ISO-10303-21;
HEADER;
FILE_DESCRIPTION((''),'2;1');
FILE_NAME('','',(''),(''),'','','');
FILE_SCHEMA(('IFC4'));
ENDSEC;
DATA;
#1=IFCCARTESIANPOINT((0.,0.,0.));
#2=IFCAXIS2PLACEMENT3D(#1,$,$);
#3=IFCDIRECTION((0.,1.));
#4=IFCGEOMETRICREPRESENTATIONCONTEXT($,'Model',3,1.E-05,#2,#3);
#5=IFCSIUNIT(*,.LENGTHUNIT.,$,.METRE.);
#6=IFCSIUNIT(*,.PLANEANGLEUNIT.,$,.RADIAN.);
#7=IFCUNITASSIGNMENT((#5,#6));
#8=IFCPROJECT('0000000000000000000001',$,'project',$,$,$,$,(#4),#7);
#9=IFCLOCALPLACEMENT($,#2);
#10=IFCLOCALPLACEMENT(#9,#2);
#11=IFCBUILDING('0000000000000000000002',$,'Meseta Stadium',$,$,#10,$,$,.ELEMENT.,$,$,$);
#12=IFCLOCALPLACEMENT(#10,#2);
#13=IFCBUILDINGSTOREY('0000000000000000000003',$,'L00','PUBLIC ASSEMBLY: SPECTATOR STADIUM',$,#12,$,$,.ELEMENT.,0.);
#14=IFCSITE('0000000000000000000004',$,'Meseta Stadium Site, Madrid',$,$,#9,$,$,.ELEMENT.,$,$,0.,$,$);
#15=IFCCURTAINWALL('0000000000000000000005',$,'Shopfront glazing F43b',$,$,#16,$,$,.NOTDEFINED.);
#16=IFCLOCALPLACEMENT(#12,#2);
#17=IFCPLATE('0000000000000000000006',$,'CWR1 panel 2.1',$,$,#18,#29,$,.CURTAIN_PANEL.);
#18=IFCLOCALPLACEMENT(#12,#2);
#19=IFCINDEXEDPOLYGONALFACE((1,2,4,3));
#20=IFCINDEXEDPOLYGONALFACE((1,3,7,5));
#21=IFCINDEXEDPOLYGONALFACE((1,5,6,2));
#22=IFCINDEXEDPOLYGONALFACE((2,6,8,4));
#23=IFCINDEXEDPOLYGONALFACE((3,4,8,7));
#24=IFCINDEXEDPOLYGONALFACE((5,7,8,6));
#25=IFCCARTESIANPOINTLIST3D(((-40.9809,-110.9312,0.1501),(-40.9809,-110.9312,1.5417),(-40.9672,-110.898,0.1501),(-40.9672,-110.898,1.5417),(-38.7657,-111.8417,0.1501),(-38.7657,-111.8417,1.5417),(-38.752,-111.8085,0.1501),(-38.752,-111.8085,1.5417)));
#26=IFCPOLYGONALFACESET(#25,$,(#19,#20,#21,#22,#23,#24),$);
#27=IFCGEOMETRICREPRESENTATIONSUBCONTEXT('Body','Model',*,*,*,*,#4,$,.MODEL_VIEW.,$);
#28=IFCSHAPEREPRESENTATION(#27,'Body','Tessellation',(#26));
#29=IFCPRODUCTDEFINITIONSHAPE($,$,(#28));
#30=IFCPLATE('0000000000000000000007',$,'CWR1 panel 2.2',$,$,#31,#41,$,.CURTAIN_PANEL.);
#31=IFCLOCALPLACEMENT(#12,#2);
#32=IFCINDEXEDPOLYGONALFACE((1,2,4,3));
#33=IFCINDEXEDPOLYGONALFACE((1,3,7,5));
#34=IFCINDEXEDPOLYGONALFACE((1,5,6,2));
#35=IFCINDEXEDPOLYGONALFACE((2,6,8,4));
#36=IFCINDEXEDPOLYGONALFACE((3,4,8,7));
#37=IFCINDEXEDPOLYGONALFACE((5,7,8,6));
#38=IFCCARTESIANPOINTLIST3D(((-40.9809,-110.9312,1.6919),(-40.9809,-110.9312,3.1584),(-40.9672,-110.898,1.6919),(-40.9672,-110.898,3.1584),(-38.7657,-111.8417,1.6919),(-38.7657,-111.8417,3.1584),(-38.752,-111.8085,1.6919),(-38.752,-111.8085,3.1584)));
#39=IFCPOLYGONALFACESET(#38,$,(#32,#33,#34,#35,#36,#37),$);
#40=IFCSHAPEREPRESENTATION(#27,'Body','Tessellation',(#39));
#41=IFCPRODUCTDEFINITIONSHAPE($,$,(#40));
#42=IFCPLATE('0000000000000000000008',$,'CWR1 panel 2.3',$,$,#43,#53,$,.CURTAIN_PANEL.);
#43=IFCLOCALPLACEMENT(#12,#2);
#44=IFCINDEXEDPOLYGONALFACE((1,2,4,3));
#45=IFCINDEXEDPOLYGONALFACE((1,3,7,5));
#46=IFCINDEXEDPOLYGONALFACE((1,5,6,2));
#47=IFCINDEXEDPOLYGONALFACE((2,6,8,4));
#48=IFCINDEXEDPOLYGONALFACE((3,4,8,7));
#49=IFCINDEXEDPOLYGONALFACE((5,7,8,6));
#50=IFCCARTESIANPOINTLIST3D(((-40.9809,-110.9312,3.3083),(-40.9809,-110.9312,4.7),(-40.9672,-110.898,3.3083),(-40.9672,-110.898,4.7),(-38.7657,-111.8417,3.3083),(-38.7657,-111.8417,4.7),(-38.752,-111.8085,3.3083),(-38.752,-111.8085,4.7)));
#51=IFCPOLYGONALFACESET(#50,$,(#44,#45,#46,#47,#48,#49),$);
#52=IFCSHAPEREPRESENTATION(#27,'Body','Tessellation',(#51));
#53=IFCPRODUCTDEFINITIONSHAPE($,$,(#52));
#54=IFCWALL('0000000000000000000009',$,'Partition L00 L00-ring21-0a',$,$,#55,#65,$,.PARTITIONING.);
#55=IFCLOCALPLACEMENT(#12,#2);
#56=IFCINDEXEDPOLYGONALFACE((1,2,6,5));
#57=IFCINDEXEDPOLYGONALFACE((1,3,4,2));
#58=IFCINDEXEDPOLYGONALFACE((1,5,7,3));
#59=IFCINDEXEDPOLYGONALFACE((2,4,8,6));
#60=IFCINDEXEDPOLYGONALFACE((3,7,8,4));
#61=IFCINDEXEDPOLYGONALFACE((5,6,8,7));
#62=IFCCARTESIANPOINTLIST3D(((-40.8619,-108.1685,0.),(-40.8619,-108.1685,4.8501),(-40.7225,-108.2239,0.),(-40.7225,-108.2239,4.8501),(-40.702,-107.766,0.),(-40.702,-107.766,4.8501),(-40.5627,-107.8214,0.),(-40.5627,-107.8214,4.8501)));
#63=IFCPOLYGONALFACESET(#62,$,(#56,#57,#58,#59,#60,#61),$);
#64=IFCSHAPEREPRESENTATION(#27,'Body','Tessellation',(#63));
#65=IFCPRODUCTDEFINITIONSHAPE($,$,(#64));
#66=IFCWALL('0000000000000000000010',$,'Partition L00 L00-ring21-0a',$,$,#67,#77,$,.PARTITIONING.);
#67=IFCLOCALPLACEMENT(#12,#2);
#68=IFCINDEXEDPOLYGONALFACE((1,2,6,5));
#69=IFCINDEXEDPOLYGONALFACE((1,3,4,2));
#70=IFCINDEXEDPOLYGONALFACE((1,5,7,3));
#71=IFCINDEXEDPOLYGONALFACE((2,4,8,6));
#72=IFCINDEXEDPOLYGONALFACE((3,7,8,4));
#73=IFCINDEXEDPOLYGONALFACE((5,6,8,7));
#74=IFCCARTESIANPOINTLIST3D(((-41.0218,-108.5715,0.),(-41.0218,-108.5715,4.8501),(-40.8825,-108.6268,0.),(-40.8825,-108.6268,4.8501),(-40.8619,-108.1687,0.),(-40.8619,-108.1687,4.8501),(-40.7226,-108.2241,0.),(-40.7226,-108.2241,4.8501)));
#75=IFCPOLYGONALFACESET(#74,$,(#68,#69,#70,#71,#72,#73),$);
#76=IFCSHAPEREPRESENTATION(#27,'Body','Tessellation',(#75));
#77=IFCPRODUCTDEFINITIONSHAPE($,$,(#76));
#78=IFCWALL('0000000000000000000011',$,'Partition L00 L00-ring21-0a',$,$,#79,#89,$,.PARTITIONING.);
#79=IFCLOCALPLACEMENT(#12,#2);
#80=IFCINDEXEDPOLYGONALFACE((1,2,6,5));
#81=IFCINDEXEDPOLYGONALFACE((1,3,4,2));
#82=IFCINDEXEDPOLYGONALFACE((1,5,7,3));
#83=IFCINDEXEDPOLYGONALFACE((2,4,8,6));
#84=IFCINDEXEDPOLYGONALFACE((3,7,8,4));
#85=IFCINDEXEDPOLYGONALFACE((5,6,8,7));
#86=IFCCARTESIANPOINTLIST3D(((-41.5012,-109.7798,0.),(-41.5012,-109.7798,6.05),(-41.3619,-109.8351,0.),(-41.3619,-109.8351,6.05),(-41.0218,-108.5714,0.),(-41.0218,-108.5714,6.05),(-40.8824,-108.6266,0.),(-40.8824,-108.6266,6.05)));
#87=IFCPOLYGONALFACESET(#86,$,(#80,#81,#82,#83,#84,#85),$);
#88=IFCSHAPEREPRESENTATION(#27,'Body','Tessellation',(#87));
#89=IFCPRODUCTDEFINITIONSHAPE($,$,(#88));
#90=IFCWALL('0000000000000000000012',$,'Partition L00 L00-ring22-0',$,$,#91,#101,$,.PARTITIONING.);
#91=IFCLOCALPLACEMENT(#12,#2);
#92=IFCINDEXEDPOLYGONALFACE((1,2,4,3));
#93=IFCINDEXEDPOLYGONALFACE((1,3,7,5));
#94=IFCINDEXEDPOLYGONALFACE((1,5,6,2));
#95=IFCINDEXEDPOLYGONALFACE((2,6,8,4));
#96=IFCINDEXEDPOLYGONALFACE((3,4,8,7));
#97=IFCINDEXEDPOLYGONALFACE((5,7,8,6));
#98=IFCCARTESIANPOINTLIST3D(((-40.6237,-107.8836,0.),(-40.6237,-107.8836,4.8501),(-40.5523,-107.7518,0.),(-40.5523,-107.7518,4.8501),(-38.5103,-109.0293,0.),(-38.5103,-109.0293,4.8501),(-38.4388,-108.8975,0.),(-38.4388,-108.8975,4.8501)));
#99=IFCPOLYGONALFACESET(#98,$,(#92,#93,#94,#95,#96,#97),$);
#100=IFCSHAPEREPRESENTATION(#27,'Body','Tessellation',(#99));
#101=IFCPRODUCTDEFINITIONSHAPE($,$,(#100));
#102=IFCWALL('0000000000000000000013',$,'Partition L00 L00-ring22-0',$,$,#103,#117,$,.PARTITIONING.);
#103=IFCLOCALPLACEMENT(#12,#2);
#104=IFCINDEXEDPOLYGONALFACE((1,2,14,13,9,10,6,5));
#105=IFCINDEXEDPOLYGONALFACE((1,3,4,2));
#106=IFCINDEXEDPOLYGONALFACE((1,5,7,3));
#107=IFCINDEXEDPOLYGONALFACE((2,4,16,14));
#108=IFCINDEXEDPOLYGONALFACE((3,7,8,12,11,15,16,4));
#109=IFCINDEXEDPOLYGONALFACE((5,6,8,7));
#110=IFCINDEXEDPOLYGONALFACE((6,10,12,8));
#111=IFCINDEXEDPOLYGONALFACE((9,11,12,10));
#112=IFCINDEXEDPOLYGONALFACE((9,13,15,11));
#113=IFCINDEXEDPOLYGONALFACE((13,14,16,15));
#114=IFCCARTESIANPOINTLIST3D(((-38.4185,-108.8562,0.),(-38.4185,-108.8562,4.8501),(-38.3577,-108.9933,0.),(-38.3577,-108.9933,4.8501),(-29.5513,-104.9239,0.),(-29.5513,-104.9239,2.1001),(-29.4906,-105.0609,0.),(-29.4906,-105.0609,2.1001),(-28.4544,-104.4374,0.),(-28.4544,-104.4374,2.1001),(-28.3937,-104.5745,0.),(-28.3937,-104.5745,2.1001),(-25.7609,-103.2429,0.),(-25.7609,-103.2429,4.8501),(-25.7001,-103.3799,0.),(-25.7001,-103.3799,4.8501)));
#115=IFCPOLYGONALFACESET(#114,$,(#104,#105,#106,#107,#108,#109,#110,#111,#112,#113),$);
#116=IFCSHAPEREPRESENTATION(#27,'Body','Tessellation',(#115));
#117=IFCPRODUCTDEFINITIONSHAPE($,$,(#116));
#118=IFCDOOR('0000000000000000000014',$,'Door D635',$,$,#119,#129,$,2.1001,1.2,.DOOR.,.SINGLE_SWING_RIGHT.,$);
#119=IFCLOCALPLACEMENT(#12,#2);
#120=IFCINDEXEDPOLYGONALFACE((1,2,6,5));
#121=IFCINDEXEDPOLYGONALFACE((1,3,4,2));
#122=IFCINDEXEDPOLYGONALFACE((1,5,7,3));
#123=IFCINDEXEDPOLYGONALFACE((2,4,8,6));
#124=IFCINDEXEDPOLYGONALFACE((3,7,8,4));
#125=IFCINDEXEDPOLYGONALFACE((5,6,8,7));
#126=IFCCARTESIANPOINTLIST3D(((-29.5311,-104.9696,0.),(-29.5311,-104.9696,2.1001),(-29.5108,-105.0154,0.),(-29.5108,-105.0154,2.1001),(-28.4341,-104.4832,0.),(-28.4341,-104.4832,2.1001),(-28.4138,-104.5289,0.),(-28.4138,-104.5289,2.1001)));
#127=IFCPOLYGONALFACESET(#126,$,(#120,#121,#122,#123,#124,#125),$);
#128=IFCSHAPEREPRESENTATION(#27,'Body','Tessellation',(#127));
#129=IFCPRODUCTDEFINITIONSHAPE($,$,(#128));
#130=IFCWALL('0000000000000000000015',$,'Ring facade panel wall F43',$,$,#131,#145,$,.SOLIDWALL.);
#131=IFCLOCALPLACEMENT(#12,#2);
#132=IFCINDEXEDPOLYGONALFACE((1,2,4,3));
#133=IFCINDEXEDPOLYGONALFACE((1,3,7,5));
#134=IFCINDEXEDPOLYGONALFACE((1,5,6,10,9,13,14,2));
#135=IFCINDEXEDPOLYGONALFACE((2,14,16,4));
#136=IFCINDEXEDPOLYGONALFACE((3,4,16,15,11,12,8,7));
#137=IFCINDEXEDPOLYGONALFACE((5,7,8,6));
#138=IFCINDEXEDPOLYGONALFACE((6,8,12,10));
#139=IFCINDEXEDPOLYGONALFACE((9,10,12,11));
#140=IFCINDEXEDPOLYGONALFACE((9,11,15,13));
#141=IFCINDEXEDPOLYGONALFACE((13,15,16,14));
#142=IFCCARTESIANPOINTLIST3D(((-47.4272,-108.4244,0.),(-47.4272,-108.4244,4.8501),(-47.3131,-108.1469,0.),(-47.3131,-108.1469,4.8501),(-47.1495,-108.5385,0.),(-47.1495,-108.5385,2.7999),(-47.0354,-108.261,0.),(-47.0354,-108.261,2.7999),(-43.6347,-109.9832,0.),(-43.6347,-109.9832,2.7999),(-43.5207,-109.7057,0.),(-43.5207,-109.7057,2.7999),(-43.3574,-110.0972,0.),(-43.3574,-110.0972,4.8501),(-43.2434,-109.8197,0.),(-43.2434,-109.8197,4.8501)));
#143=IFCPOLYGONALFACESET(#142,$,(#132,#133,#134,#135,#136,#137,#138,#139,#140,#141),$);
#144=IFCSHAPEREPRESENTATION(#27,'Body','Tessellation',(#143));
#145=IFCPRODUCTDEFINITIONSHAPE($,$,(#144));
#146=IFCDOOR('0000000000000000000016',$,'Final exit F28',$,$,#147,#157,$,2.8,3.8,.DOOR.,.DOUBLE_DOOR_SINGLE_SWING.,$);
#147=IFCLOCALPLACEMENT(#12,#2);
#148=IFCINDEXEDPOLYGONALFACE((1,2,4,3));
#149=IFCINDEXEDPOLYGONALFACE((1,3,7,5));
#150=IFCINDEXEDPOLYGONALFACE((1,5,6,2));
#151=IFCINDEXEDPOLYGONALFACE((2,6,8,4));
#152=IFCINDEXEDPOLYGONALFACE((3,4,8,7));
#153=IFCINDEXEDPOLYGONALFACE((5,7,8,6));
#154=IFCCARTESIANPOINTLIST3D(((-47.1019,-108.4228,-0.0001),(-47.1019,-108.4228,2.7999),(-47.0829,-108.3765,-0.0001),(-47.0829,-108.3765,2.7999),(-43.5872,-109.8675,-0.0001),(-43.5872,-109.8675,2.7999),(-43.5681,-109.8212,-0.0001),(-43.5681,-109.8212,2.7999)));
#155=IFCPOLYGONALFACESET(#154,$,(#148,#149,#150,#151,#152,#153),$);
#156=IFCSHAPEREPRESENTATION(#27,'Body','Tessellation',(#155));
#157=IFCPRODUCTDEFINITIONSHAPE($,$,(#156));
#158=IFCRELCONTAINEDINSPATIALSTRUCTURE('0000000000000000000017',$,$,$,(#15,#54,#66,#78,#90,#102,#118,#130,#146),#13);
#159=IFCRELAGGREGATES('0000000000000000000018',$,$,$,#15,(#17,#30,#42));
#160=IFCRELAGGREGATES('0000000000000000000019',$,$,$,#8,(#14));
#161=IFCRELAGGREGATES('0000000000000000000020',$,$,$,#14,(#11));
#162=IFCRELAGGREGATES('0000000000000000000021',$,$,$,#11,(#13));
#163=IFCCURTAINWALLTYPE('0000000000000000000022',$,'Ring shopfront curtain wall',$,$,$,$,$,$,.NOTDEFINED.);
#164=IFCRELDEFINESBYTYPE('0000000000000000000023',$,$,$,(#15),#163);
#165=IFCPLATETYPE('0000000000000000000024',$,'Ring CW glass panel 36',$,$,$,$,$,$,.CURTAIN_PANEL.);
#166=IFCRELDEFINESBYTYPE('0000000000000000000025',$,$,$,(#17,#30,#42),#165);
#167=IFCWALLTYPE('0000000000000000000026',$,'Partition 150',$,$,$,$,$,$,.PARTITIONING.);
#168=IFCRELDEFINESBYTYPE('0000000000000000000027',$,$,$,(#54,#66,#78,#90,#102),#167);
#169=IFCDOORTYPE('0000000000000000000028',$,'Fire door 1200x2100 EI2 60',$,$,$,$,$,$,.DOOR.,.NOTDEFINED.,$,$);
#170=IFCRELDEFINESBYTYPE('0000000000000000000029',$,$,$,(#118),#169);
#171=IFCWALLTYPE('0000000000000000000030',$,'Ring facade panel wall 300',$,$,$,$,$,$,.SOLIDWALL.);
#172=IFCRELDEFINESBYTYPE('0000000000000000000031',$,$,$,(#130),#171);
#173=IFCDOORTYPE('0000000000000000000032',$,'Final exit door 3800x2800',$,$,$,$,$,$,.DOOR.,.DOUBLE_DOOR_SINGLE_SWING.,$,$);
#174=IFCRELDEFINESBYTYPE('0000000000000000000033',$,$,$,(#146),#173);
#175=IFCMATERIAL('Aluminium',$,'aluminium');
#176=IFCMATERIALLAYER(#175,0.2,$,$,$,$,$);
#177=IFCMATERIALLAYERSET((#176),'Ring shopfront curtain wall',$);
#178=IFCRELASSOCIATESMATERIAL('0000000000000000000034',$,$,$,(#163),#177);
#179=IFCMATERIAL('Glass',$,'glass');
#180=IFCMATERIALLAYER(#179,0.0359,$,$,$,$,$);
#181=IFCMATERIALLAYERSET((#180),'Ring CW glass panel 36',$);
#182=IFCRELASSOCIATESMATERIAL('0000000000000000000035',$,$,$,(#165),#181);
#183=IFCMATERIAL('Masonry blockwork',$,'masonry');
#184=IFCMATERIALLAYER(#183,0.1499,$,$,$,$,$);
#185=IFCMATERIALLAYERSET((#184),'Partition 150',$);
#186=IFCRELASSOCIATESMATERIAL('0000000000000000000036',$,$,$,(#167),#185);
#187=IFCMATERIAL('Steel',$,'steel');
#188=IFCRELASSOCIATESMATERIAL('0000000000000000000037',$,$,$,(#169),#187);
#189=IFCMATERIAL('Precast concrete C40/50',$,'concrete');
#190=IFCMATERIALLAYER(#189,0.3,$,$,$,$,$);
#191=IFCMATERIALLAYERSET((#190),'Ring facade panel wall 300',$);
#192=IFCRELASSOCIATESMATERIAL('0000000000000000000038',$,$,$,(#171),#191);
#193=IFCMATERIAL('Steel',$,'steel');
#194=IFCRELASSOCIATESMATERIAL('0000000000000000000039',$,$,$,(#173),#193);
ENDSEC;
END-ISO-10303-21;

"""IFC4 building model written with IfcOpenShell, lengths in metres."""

from ifc_helpers import new_model, si_unit, direction, frame, frame_2d, origin, origin_2d, place, context, subcontext, project, spatial, rectangle, extrude, material, layer, layer_set, type_object, element, fill, aggregate, save


model = new_model("IFC4")

# Units and contexts
model_context = context("Model", 3, precision=1e-05, world=origin(), true_north=direction((0.0, 1.0)))
body_context = subcontext(model_context, "Body", "Model", "MODEL_VIEW")
ifc_project = project(units=[si_unit("LENGTHUNIT", "METRE"), si_unit("PLANEANGLEUNIT", "RADIAN")], contexts=[model_context])

# Site, building, storey
site_placement = place(None, origin())
site = spatial("IfcSite", under=ifc_project, at=site_placement, Name="Meseta Stadium Site, Madrid", CompositionType="ELEMENT", RefElevation=0.0)
building_placement = place(site_placement, origin())
building = spatial("IfcBuilding", under=site, at=building_placement, Name="Meseta Stadium", CompositionType="ELEMENT")
storey_placement = place(building_placement, origin())
storey = spatial("IfcBuildingStorey", under=building, at=storey_placement, Name="L00", Description="PUBLIC ASSEMBLY: SPECTATOR STADIUM", CompositionType="ELEMENT", Elevation=0.0)

# Curtain wall
ifc_material_1 = material(Name="Aluminium", Category="aluminium")
ifc_layer_1 = layer(ifc_material_1, 0.2)
ifc_layer_set_1 = layer_set([ifc_layer_1], Name="Ring shopfront curtain wall")
curtain_wall_type = type_object("IfcCurtainWallType", Name="Ring shopfront curtain wall", PredefinedType="NOTDEFINED", material=ifc_layer_set_1)
curtain_wall_1_placement = place(storey_placement, origin())
curtain_wall_1 = element("IfcCurtainWall", 1, at=curtain_wall_1_placement, inside=storey, type_object=curtain_wall_type, Name="Shopfront glazing F43b", PredefinedType="NOTDEFINED")

# Plates
ifc_material_2 = material(Name="Glass", Category="glass")
ifc_layer_2 = layer(ifc_material_2, 0.0359)
ifc_layer_set_2 = layer_set([ifc_layer_2], Name="Ring CW glass panel 36")
plate_type = type_object("IfcPlateType", Name="Ring CW glass panel 36", PredefinedType="CURTAIN_PANEL", material=ifc_layer_set_2)
plate_1_placement = place(storey_placement, frame((-39.8665, -111.3699, 0.1501), z_axis=(0.0, 0.0, 1.0), x_axis=(0.92492, -0.380161, 0.0)))
plate_1 = element("IfcPlate", 2, at=plate_1_placement, type_object=plate_type, Name="CWR1 panel 2.1", PredefinedType="CURTAIN_PANEL", context=body_context, shape_type="SweptSolid", body=[
    extrude(rectangle(XDim=2.395, YDim=0.0359, at=origin_2d()), origin(), (0.0, 0.0, 1.0), 1.3916),
])
plate_2_placement = place(storey_placement, frame((-39.8665, -111.3699, 1.6919), z_axis=(0.0, 0.0, 1.0), x_axis=(0.92492, -0.380161, 0.0)))
plate_2 = element("IfcPlate", 3, at=plate_2_placement, type_object=plate_type, Name="CWR1 panel 2.2", PredefinedType="CURTAIN_PANEL", context=body_context, shape_type="SweptSolid", body=[
    extrude(rectangle(XDim=2.395, YDim=0.0359, at=origin_2d()), origin(), (0.0, 0.0, 1.0), 1.4666),
])
plate_3_placement = place(storey_placement, frame((-39.8665, -111.3699, 3.3083), z_axis=(0.0, 0.0, 1.0), x_axis=(0.92492, -0.380161, 0.0)))
plate_3 = element("IfcPlate", 4, at=plate_3_placement, type_object=plate_type, Name="CWR1 panel 2.3", PredefinedType="CURTAIN_PANEL", context=body_context, shape_type="SweptSolid", body=[
    extrude(rectangle(XDim=2.395, YDim=0.0359, at=origin_2d()), origin(), (0.0, 0.0, 1.0), 1.3916),
])
aggregate(curtain_wall_1, [plate_1, plate_2, plate_3])

# Walls
ifc_material_3 = material(Name="Masonry blockwork", Category="masonry")
ifc_layer_3 = layer(ifc_material_3, 0.1499)
ifc_layer_set_3 = layer_set([ifc_layer_3], Name="Partition 150")
wall_type_1 = type_object("IfcWallType", Name="Partition 150", PredefinedType="PARTITIONING", material=ifc_layer_set_3)
wall_1_placement = place(storey_placement, frame((-40.6323, -107.7937, 0.0), z_axis=(0.0, 0.0, 1.0), x_axis=(-0.369155, -0.929368, 0.0)))
element("IfcWall", 5, at=wall_1_placement, inside=storey, type_object=wall_type_1, Name="Partition L00 L00-ring21-0a", PredefinedType="PARTITIONING", context=body_context, shape_type="SweptSolid", body=[
    extrude(rectangle(XDim=0.4331, YDim=0.1499, at=frame_2d((0.2166, 0.0))), origin(), (0.0, 0.0, 1.0), 4.8501),
])
wall_2_placement = place(storey_placement, frame((-40.7922, -108.1963, 0.0), z_axis=(0.0, 0.0, 1.0), x_axis=(-0.368961, -0.929445, 0.0)))
element("IfcWall", 6, at=wall_2_placement, inside=storey, type_object=wall_type_1, Name="Partition L00 L00-ring21-0a", PredefinedType="PARTITIONING", context=body_context, shape_type="SweptSolid", body=[
    extrude(rectangle(XDim=0.4333, YDim=0.1499, at=frame_2d((0.2168, 0.0))), origin(), (0.0, 0.0, 1.0), 4.8501),
])
wall_3_placement = place(storey_placement, frame((-40.9521, -108.5991, 0.0), z_axis=(0.0, 0.0, 1.0), x_axis=(-0.368799, -0.929509, 0.0)))
element("IfcWall", 7, at=wall_3_placement, inside=storey, type_object=wall_type_1, Name="Partition L00 L00-ring21-0a", PredefinedType="PARTITIONING", context=body_context, shape_type="SweptSolid", body=[
    extrude(rectangle(XDim=1.3, YDim=0.1499, at=frame_2d((0.6499, 0.0))), origin(), (0.0, 0.0, 1.0), 6.05),
])
wall_4_placement = place(storey_placement, frame((-40.5881, -107.8176, 0.0), z_axis=(0.0, 0.0, 1.0), x_axis=(0.879131, -0.476581, 0.0)))
element("IfcWall", 8, at=wall_4_placement, inside=storey, type_object=wall_type_1, Name="Partition L00 L00-ring22-0", PredefinedType="PARTITIONING", context=body_context, shape_type="SweptSolid", body=[
    extrude(rectangle(XDim=2.4041, YDim=0.1499, at=frame_2d((1.2021, 0.0))), origin(), (0.0, 0.0, 1.0), 4.8501),
])

# Walls, openings, doors
wall_5_placement = place(storey_placement, frame((-38.3882, -108.9248, 0.0), z_axis=(0.0, 0.0, 1.0), x_axis=(0.91414, 0.405399, 0.0)))
wall_5 = element("IfcWall", 9, at=wall_5_placement, inside=storey, type_object=wall_type_1, Name="Partition L00 L00-ring22-0", PredefinedType="PARTITIONING", context=body_context, shape_type="SweptSolid", body=[
    extrude(rectangle(XDim=13.8464, YDim=0.1499, at=frame_2d((6.9233, 0.0))), origin(), (0.0, 0.0, 1.0), 4.8501),
])
opening_1_placement = place(wall_5_placement, frame((9.7, 0.0, 0.0)))
opening_1 = element("IfcOpeningElement", 10, at=opening_1_placement, cuts=wall_5, PredefinedType="OPENING", context=body_context, shape_type="SweptSolid", body=[
    extrude(rectangle(XDim=1.2, YDim=2.1001, at=frame_2d((0.6001, 1.05))), frame((0.0, 0.085, 0.0), z_axis=(0.0, -1.0, 0.0), x_axis=(1.0, 0.0, 0.0)), (0.0, 0.0, 1.0), 0.1699),
])
ifc_material_4 = material(Name="Steel", Category="steel")
door_type_1 = type_object("IfcDoorType", Name="Fire door 1200x2100 EI2 60", OperationType="NOTDEFINED", PredefinedType="DOOR", material=ifc_material_4)
door_1_placement = place(opening_1_placement, origin())
door_1 = element("IfcDoor", 11, at=door_1_placement, inside=storey, type_object=door_type_1, Name="Door D635", OperationType="SINGLE_SWING_RIGHT", OverallHeight=2.1001, OverallWidth=1.2, PredefinedType="DOOR", context=body_context, shape_type="SweptSolid", body=[
    extrude(rectangle(XDim=1.2, YDim=2.1001, at=frame_2d((0.6001, 1.05))), frame((0.0, 0.0249, 0.0), z_axis=(0.0, -1.0, 0.0), x_axis=(1.0, 0.0, 0.0)), (0.0, 0.0, 1.0), 0.05),
])
fill(opening_1, door_1)
ifc_material_5 = material(Name="Precast concrete C40/50", Category="concrete")
ifc_layer_4 = layer(ifc_material_5, 0.3)
ifc_layer_set_4 = layer_set([ifc_layer_4], Name="Ring facade panel wall 300")
wall_type_2 = type_object("IfcWallType", Name="Ring facade panel wall 300", PredefinedType="SOLIDWALL", material=ifc_layer_set_4)
wall_6_placement = place(storey_placement, frame((-43.3003, -109.9585, 0.0), z_axis=(0.0, 0.0, 1.0), x_axis=(-0.924915, 0.380175, 0.0)))
wall_6 = element("IfcWall", 12, at=wall_6_placement, inside=storey, type_object=wall_type_2, Name="Ring facade panel wall F43", PredefinedType="SOLIDWALL", context=body_context, shape_type="SweptSolid", body=[
    extrude(rectangle(XDim=4.4001, YDim=0.3, at=frame_2d((2.2002, 0.0))), origin(), (0.0, 0.0, 1.0), 4.8501),
])
opening_2_placement = place(wall_6_placement, frame((0.3, 0.0, 0.0)))
opening_2 = element("IfcOpeningElement", 13, at=opening_2_placement, cuts=wall_6, PredefinedType="OPENING", context=body_context, shape_type="SweptSolid", body=[
    extrude(rectangle(XDim=3.8, YDim=2.8, at=frame_2d((1.8999, 1.3999))), frame((0.0, 0.1599, 0.0), z_axis=(0.0, -1.0, 0.0), x_axis=(1.0, 0.0, 0.0)), (0.0, 0.0, 1.0), 0.3201),
])
ifc_material_6 = material(Name="Steel", Category="steel")
door_type_2 = type_object("IfcDoorType", Name="Final exit door 3800x2800", OperationType="DOUBLE_DOOR_SINGLE_SWING", PredefinedType="DOOR", material=ifc_material_6)
door_2_placement = place(opening_2_placement, origin())
door_2 = element("IfcDoor", 14, at=door_2_placement, inside=storey, type_object=door_type_2, Name="Final exit F28", OperationType="DOUBLE_DOOR_SINGLE_SWING", OverallHeight=2.8, OverallWidth=3.8, PredefinedType="DOOR", context=body_context, shape_type="SweptSolid", body=[
    extrude(rectangle(XDim=3.8, YDim=2.8, at=frame_2d((1.8999, 1.3999))), frame((0.0, 0.0249, 0.0), z_axis=(0.0, -1.0, 0.0), x_axis=(1.0, 0.0, 0.0)), (0.0, 0.0, 1.0), 0.05),
])
fill(opening_2, door_2)

save(model, "model.ifc")
